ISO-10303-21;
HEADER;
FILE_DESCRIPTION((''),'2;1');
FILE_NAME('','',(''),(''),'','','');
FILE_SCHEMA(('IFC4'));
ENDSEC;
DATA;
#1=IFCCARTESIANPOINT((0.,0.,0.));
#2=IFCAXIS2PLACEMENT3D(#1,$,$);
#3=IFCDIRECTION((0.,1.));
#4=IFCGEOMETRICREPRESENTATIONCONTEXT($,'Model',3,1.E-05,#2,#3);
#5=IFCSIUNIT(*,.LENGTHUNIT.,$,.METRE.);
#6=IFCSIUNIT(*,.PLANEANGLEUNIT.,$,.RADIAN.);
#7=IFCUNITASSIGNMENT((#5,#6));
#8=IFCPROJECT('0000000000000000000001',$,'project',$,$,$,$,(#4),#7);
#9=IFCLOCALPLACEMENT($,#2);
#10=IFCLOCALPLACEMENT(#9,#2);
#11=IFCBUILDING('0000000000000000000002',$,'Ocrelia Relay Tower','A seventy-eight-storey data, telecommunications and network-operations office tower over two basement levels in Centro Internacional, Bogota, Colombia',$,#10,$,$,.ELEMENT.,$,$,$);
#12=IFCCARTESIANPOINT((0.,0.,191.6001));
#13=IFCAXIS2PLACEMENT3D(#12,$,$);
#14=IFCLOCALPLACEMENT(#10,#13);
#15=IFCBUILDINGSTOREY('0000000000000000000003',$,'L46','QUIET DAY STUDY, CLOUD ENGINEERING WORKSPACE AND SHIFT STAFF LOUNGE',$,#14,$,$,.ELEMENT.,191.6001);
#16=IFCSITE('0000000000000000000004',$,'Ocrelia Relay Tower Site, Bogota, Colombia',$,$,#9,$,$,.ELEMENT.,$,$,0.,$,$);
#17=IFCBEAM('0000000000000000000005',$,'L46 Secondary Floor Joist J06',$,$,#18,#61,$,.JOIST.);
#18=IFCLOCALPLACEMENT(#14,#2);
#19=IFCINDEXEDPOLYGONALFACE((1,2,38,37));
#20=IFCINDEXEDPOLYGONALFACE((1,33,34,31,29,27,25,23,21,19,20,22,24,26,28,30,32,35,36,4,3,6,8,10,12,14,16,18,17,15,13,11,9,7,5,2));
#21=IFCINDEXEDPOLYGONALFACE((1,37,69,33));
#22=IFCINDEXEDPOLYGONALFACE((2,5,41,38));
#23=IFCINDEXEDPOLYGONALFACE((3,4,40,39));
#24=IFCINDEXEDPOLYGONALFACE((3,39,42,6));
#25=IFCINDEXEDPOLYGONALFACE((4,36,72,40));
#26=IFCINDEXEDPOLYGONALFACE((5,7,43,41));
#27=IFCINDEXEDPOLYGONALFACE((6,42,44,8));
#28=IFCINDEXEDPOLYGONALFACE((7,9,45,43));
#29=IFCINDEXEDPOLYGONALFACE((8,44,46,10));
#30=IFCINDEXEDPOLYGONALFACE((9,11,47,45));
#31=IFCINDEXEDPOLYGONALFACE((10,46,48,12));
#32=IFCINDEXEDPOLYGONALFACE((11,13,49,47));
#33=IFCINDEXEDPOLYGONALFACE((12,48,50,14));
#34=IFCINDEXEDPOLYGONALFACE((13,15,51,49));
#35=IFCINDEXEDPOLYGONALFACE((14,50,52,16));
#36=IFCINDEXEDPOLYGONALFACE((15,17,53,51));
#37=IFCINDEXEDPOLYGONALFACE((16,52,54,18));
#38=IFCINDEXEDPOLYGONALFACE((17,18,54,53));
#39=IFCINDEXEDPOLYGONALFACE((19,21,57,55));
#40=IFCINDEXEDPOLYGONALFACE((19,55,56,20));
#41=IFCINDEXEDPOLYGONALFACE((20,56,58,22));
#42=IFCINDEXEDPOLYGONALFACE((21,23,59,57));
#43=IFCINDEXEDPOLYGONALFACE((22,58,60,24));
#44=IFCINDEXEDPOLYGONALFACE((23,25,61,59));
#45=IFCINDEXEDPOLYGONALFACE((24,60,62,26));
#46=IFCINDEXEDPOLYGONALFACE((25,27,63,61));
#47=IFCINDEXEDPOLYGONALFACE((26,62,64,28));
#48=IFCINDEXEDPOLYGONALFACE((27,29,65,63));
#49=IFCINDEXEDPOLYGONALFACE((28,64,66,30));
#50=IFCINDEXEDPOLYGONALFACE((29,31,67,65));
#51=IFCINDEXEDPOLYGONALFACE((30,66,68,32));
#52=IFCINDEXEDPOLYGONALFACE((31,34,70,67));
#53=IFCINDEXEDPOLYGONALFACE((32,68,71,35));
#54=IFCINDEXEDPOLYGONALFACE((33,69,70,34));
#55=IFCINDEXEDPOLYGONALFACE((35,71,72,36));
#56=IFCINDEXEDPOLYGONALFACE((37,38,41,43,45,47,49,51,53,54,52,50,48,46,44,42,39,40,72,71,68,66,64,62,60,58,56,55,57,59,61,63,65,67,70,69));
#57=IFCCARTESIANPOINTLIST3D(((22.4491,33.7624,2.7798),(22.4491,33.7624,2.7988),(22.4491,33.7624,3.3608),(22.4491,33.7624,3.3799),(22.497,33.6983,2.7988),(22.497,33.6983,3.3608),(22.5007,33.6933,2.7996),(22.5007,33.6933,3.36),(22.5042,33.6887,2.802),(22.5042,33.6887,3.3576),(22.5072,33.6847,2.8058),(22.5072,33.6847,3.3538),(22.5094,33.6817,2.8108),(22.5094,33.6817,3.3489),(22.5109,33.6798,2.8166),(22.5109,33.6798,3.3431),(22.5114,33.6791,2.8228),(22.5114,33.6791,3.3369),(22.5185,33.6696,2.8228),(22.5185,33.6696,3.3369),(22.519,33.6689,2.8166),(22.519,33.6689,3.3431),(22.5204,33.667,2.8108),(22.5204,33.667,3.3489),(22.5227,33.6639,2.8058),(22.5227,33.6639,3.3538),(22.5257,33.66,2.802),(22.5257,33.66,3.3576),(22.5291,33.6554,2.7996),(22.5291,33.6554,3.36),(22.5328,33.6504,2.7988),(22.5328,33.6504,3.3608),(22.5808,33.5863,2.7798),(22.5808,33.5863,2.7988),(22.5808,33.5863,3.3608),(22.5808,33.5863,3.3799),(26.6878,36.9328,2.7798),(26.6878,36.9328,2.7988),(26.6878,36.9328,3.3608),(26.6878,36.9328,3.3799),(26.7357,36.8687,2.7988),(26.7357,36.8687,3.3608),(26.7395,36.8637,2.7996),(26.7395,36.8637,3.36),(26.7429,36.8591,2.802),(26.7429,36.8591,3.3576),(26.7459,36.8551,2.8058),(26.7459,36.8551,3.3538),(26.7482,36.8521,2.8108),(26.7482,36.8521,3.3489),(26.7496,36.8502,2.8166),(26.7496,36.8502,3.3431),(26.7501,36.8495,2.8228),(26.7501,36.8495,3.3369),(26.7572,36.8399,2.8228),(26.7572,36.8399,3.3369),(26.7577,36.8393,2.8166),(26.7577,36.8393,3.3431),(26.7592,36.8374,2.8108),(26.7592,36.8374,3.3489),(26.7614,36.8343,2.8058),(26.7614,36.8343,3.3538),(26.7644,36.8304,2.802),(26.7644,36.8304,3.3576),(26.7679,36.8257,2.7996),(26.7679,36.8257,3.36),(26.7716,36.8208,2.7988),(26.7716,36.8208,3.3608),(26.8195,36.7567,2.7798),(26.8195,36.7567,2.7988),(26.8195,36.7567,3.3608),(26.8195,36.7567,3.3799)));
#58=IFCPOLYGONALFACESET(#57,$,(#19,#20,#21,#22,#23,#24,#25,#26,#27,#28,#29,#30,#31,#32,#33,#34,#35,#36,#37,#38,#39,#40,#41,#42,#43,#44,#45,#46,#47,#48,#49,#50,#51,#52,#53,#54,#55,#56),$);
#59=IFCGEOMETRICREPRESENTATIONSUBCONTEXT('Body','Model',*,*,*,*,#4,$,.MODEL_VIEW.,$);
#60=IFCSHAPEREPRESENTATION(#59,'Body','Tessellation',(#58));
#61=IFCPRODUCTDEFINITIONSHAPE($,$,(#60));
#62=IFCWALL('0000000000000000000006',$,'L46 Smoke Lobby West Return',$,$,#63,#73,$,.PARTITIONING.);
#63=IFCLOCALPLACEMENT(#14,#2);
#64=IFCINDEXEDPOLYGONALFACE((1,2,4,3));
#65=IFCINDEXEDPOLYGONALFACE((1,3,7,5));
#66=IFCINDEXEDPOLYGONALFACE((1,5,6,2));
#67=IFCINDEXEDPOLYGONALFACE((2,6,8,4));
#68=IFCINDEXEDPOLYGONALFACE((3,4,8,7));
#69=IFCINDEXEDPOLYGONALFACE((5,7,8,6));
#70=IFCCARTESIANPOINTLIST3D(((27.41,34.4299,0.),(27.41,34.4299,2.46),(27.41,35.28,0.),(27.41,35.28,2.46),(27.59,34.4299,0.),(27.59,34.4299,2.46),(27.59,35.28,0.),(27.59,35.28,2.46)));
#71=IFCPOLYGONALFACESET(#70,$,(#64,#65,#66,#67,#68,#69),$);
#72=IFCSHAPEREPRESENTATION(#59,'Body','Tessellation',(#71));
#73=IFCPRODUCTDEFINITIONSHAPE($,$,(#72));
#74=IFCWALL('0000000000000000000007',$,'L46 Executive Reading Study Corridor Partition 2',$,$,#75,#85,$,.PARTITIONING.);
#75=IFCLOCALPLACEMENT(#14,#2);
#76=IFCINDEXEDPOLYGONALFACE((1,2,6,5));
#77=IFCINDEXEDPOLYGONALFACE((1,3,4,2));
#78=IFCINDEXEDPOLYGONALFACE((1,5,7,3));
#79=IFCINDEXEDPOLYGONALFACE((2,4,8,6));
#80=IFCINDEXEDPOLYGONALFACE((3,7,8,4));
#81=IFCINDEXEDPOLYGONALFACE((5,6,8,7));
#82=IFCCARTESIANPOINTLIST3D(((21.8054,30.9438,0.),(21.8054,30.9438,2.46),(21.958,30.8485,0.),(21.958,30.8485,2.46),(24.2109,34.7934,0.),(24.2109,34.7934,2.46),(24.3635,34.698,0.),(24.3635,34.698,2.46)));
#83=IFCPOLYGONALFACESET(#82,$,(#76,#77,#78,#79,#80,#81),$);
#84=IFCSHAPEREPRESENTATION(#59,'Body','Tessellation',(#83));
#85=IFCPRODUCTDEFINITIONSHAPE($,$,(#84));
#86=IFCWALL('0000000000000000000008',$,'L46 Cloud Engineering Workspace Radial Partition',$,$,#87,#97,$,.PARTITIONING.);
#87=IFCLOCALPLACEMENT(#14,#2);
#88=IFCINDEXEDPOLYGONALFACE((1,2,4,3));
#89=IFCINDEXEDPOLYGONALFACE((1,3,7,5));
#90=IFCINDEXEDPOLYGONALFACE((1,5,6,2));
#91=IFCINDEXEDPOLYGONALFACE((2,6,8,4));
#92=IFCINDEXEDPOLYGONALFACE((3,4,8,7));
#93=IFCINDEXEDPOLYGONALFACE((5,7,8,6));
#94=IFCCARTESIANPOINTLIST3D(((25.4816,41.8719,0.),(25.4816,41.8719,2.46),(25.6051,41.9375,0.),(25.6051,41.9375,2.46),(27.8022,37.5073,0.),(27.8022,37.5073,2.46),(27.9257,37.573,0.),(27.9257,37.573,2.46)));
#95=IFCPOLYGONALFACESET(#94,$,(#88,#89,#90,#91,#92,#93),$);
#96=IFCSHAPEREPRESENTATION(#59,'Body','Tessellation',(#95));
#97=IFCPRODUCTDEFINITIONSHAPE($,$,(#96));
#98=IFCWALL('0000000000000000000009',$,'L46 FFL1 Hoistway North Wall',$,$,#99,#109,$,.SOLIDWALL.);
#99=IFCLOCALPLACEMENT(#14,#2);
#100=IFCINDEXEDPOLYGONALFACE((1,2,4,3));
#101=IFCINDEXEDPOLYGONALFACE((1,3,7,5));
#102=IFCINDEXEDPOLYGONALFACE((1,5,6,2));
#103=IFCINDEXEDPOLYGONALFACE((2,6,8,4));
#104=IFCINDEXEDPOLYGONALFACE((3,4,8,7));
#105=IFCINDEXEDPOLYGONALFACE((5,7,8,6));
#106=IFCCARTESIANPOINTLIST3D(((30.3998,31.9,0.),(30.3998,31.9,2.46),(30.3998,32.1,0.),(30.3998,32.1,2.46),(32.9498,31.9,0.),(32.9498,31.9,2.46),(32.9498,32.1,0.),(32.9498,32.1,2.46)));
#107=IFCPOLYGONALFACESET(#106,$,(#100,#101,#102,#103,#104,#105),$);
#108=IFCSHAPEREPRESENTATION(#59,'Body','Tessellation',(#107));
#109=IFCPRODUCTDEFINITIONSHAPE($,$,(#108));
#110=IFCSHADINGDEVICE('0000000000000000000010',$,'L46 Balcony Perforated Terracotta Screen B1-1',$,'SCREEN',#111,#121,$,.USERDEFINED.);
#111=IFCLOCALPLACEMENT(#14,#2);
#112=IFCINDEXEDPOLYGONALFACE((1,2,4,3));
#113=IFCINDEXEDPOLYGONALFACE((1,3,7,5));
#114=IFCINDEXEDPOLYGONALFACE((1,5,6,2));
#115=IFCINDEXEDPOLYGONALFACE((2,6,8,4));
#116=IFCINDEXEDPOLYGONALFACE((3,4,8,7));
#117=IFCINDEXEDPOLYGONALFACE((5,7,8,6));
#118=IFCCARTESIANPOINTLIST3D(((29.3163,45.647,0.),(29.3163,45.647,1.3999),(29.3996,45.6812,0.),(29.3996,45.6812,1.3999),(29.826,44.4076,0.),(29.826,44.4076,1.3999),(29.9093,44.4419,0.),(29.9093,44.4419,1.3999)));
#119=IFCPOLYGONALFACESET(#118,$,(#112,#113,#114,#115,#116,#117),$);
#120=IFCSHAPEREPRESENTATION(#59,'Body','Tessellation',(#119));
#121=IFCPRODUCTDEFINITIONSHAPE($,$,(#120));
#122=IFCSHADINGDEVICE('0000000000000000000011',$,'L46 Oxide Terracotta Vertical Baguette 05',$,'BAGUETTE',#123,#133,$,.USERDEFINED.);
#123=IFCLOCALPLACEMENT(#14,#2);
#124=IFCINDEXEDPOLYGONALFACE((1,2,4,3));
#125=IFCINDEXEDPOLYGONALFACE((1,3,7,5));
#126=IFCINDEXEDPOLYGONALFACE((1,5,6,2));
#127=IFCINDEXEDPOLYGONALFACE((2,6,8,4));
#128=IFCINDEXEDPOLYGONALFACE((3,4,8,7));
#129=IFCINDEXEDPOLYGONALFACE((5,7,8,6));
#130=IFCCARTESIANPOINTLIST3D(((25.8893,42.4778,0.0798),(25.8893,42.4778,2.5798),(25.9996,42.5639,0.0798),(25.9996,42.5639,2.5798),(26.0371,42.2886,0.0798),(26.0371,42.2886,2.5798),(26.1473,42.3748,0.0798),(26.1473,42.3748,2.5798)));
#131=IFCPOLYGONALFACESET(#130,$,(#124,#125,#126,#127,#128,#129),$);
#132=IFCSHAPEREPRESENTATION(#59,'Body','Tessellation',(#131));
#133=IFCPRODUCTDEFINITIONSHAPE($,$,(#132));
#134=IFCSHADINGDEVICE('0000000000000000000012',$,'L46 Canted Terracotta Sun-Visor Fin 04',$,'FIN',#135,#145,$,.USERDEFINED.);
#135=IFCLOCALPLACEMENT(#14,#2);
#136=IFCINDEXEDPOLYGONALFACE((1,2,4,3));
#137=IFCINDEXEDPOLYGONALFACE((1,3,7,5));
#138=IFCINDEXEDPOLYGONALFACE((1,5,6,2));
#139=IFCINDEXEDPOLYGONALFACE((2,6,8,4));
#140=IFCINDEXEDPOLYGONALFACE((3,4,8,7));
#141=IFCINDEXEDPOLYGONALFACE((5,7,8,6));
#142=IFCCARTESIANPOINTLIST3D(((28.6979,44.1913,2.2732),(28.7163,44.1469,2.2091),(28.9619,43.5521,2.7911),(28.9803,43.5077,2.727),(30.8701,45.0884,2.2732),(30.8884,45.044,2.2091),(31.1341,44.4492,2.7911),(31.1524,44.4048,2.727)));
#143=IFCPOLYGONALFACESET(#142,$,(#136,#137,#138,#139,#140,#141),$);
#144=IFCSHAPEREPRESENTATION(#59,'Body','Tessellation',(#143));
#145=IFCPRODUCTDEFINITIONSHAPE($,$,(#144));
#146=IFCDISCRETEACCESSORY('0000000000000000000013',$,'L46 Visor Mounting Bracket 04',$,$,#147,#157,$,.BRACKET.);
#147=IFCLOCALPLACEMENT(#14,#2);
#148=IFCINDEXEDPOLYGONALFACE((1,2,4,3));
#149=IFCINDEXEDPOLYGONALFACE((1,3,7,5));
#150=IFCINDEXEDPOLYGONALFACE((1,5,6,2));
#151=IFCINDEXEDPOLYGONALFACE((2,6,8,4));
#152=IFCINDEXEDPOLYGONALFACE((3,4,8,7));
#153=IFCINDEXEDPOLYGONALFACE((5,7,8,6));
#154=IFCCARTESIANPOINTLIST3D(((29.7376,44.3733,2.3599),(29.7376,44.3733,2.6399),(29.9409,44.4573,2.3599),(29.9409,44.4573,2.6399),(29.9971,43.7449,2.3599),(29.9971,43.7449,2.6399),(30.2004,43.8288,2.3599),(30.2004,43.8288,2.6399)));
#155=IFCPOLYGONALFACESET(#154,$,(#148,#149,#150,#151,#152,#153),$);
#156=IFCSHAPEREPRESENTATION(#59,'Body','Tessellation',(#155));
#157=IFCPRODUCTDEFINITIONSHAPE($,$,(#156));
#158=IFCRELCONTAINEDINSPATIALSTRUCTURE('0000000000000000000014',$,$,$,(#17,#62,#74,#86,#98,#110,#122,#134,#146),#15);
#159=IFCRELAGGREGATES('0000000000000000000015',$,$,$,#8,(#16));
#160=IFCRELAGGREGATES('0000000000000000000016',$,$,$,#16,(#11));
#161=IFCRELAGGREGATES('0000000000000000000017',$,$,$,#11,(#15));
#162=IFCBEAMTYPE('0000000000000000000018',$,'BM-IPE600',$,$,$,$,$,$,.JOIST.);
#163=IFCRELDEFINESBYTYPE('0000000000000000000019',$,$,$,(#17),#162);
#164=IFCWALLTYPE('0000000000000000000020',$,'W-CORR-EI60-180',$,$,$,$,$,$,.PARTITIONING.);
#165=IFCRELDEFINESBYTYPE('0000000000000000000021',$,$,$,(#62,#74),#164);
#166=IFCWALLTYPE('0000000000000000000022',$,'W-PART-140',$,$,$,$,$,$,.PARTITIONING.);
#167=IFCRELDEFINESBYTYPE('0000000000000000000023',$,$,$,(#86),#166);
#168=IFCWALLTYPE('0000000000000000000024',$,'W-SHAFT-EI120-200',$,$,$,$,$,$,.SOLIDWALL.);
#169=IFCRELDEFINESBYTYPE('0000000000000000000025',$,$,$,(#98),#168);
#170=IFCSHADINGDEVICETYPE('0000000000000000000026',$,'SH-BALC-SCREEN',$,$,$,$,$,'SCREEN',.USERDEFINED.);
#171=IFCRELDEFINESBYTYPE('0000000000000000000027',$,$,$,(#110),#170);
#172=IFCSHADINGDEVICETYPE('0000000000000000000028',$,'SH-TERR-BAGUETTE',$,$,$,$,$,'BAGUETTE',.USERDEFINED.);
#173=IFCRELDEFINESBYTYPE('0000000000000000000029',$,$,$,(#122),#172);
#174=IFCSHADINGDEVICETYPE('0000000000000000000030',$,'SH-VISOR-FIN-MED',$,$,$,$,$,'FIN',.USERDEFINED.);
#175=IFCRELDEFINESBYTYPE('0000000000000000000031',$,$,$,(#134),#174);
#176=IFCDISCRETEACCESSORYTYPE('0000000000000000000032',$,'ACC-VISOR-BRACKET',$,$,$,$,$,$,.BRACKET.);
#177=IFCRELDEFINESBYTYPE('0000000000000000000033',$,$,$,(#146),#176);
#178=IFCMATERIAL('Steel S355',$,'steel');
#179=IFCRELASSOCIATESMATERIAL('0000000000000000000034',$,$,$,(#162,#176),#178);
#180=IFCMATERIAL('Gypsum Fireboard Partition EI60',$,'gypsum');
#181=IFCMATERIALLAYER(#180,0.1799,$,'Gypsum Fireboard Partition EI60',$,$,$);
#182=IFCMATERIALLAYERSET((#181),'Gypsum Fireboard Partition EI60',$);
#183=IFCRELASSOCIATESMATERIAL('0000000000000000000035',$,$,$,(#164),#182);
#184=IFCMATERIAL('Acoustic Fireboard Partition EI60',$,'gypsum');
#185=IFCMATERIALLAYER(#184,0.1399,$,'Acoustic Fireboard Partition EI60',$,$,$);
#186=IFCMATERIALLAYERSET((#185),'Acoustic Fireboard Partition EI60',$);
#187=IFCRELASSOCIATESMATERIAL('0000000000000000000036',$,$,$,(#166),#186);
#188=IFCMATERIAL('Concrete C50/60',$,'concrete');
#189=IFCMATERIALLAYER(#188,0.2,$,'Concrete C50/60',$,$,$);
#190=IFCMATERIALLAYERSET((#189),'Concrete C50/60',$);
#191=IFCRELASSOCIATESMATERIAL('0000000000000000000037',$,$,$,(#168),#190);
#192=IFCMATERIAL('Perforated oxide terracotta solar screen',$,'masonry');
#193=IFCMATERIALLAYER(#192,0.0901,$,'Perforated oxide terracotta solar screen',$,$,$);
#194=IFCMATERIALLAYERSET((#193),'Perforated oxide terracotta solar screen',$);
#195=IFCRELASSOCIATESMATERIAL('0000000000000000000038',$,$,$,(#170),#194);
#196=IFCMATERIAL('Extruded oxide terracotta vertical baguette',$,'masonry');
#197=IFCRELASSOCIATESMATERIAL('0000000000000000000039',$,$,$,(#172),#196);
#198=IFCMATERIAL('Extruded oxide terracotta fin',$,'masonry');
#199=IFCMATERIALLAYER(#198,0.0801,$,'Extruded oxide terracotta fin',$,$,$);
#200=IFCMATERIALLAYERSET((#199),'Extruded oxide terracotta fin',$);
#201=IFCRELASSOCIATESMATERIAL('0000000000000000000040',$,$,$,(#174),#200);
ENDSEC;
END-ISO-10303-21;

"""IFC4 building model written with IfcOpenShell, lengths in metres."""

from ifc_helpers import new_model, si_unit, direction, frame, frame_2d, origin, origin_2d, place, context, subcontext, project, spatial, rectangle, i_section, extrude, material, layer, layer_set, material_profile, profile_set, type_object, element, save


model = new_model("IFC4")

# Units and contexts
model_context = context("Model", 3, precision=1e-05, world=origin(), true_north=direction((0.0, 1.0)))
body_context = subcontext(model_context, "Body", "Model", "MODEL_VIEW")
ifc_project = project(units=[si_unit("LENGTHUNIT", "METRE"), si_unit("PLANEANGLEUNIT", "RADIAN")], contexts=[model_context])

# Site, building, storey
site_placement = place(None, origin())
site = spatial("IfcSite", under=ifc_project, at=site_placement, Name="Ocrelia Relay Tower Site, Bogota, Colombia", CompositionType="ELEMENT", RefElevation=0.0)
building_placement = place(site_placement, origin())
building = spatial("IfcBuilding", under=site, at=building_placement, Name="Ocrelia Relay Tower", Description="A seventy-eight-storey data, telecommunications and network-operations office tower over two basement levels in Centro Internacional, Bogota, Colombia", CompositionType="ELEMENT")
storey_placement = place(building_placement, frame((0.0, 0.0, 191.6001)))
storey = spatial("IfcBuildingStorey", under=building, at=storey_placement, Name="L46", Description="QUIET DAY STUDY, CLOUD ENGINEERING WORKSPACE AND SHIFT STAFF LOUNGE", CompositionType="ELEMENT", Elevation=191.6001)

# Beam
ifc_material_1 = material(Name="Steel S355", Category="steel")
ifc_material_profile_1 = material_profile(ifc_material_1, i_section(OverallWidth=0.22, OverallDepth=0.6001, WebThickness=0.012, FlangeThickness=0.019, FilletRadius=0.0239, at=origin_2d()), Name="IPE 600")
ifc_profile_set_1 = profile_set([ifc_material_profile_1], Name="Steel S355")
beam_type_1 = type_object("IfcBeamType", Name="BM-IPE600", PredefinedType="JOIST", material=ifc_profile_set_1)
beam_1_placement = place(storey_placement, frame((26.7537, 36.8447, 3.0798), z_axis=(-0.800785, -0.598952, 0.0), x_axis=(0.598952, -0.800785, 0.0)))
element("IfcBeam", 1, at=beam_1_placement, inside=storey, type_object=beam_type_1, Name="L46 Secondary Floor Joist J06", PredefinedType="JOIST", context=body_context, shape_type="SweptSolid", body=[
    extrude(i_section(OverallWidth=0.22, OverallDepth=0.6001, WebThickness=0.012, FlangeThickness=0.019, FilletRadius=0.0239, at=origin_2d()), origin(), (0.0, 0.0, 1.0), 5.2932),
])

# Wall
ifc_material_2 = material(Name="Gypsum Fireboard Partition EI60", Category="gypsum")
ifc_layer_1 = layer(ifc_material_2, 0.1799, Name="Gypsum Fireboard Partition EI60")
ifc_layer_set_1 = layer_set([ifc_layer_1], Name="Gypsum Fireboard Partition EI60")
wall_type_1 = type_object("IfcWallType", Name="W-CORR-EI60-180", PredefinedType="PARTITIONING", material=ifc_layer_set_1)
wall_1_placement = place(storey_placement, frame((27.5, 34.4299, 0.0), z_axis=(0.0, 0.0, 1.0), x_axis=(0.0, 1.0, 0.0)))
element("IfcWall", 2, at=wall_1_placement, inside=storey, type_object=wall_type_1, Name="L46 Smoke Lobby West Return", PredefinedType="PARTITIONING", context=body_context, shape_type="SweptSolid", body=[
    extrude(rectangle(XDim=0.8501, YDim=0.1799, at=frame_2d((0.425, 0.0))), origin(), (0.0, 0.0, 1.0), 2.46),
])

# Wall
wall_2_placement = place(storey_placement, frame((24.2871, 34.7456, 0.0), z_axis=(0.0, 0.0, 1.0), x_axis=(-0.529922, -0.848047, 0.0)))
element("IfcWall", 3, at=wall_2_placement, inside=storey, type_object=wall_type_1, Name="L46 Executive Reading Study Corridor Partition 2", PredefinedType="PARTITIONING", context=body_context, shape_type="SweptSolid", body=[
    extrude(rectangle(XDim=4.5393, YDim=0.1799, at=frame_2d((2.2695, 0.0))), origin(), (0.0, 0.0, 1.0), 2.46),
])

# Shared definitions
ifc_material_3 = material(Name="Concrete C50/60", Category="concrete")

# Wall
ifc_material_4 = material(Name="Acoustic Fireboard Partition EI60", Category="gypsum")
ifc_layer_2 = layer(ifc_material_4, 0.1399, Name="Acoustic Fireboard Partition EI60")
ifc_layer_set_2 = layer_set([ifc_layer_2], Name="Acoustic Fireboard Partition EI60")
wall_type_2 = type_object("IfcWallType", Name="W-PART-140", PredefinedType="PARTITIONING", material=ifc_layer_set_2)
wall_3_placement = place(storey_placement, frame((27.864, 37.54, 0.0), z_axis=(0.0, 0.0, 1.0), x_axis=(-0.469457, 0.882955, 0.0)))
element("IfcWall", 4, at=wall_3_placement, inside=storey, type_object=wall_type_2, Name="L46 Cloud Engineering Workspace Radial Partition", PredefinedType="PARTITIONING", context=body_context, shape_type="SweptSolid", body=[
    extrude(rectangle(XDim=4.9431, YDim=0.1399, at=frame_2d((2.4717, 0.0))), origin(), (0.0, 0.0, 1.0), 2.46),
])

# Wall
ifc_layer_3 = layer(ifc_material_3, 0.2, Name="Concrete C50/60")
ifc_layer_set_3 = layer_set([ifc_layer_3], Name="Concrete C50/60")
wall_type_3 = type_object("IfcWallType", Name="W-SHAFT-EI120-200", PredefinedType="SOLIDWALL", material=ifc_layer_set_3)
wall_4_placement = place(storey_placement, frame((30.3999, 32.0, 0.0), z_axis=(0.0, 0.0, 1.0), x_axis=(1.0, 0.0, 0.0)))
element("IfcWall", 5, at=wall_4_placement, inside=storey, type_object=wall_type_3, Name="L46 FFL1 Hoistway North Wall", PredefinedType="SOLIDWALL", context=body_context, shape_type="SweptSolid", body=[
    extrude(rectangle(XDim=2.55, YDim=0.2, at=frame_2d((1.2749, 0.0))), origin(), (0.0, 0.0, 1.0), 2.46),
])

# Shading devices
ifc_material_5 = material(Name="Perforated oxide terracotta solar screen", Category="masonry")
ifc_layer_4 = layer(ifc_material_5, 0.0901, Name="Perforated oxide terracotta solar screen")
ifc_layer_set_4 = layer_set([ifc_layer_4], Name="Perforated oxide terracotta solar screen")
shading_device_type_1 = type_object("IfcShadingDeviceType", Name="SH-BALC-SCREEN", ElementType="SCREEN", PredefinedType="USERDEFINED", material=ifc_layer_set_4)
shading_device_1_placement = place(storey_placement, frame((29.6128, 45.0444, 0.0), z_axis=(0.0, 0.0, 1.0), x_axis=(-0.380356, 0.92484, 0.0)))
element("IfcShadingDevice", 6, at=shading_device_1_placement, inside=storey, type_object=shading_device_type_1, Name="L46 Balcony Perforated Terracotta Screen B1-1", ObjectType="SCREEN", PredefinedType="USERDEFINED", context=body_context, shape_type="SweptSolid", body=[
    extrude(rectangle(XDim=1.3401, YDim=0.0901, at=origin_2d()), origin(), (0.0, 0.0, 1.0), 1.3999),
])
ifc_material_6 = material(Name="Extruded oxide terracotta vertical baguette", Category="masonry")
shading_device_type_2 = type_object("IfcShadingDeviceType", Name="SH-TERR-BAGUETTE", ElementType="BAGUETTE", PredefinedType="USERDEFINED", material=ifc_material_6)
shading_device_2_placement = place(storey_placement, frame((26.0183, 42.4263, 0.0798), z_axis=(0.0, 0.0, 1.0), x_axis=(-0.788008, -0.615665, 0.0)))
element("IfcShadingDevice", 7, at=shading_device_2_placement, inside=storey, type_object=shading_device_type_2, Name="L46 Oxide Terracotta Vertical Baguette 05", ObjectType="BAGUETTE", PredefinedType="USERDEFINED", context=body_context, shape_type="SweptSolid", body=[
    extrude(rectangle(XDim=0.1399, YDim=0.24, at=origin_2d()), origin(), (0.0, 0.0, 1.0), 2.5),
])
ifc_material_7 = material(Name="Extruded oxide terracotta fin", Category="masonry")
ifc_layer_5 = layer(ifc_material_7, 0.0801, Name="Extruded oxide terracotta fin")
ifc_layer_set_5 = layer_set([ifc_layer_5], Name="Extruded oxide terracotta fin")
shading_device_type_3 = type_object("IfcShadingDeviceType", Name="SH-VISOR-FIN-MED", ElementType="FIN", PredefinedType="USERDEFINED", material=ifc_layer_set_5)
shading_device_3_placement = place(storey_placement, frame((29.9343, 44.2759, 2.468), z_axis=(-0.228834, 0.554046, 0.800418), x_axis=(-0.924268, -0.381744, 0.0)))
element("IfcShadingDevice", 8, at=shading_device_3_placement, inside=storey, type_object=shading_device_type_3, Name="L46 Canted Terracotta Sun-Visor Fin 04", ObjectType="FIN", PredefinedType="USERDEFINED", context=body_context, shape_type="SweptSolid", body=[
    extrude(rectangle(XDim=2.3501, YDim=0.864, at=origin_2d()), origin(), (0.0, 0.0, 1.0), 0.0801),
])

# Discrete accessory
discrete_accessory_type = type_object("IfcDiscreteAccessoryType", Name="ACC-VISOR-BRACKET", PredefinedType="BRACKET", material=ifc_material_1)
discrete_accessory_placement = place(storey_placement, frame((29.969, 44.1011, 2.3599), z_axis=(0.0, 0.0, 1.0), x_axis=(-0.924268, -0.381744, 0.0)))
element("IfcDiscreteAccessory", 9, at=discrete_accessory_placement, inside=storey, type_object=discrete_accessory_type, Name="L46 Visor Mounting Bracket 04", PredefinedType="BRACKET", context=body_context, shape_type="SweptSolid", body=[
    extrude(rectangle(XDim=0.22, YDim=0.6799, at=origin_2d()), origin(), (0.0, 0.0, 1.0), 0.28),
])

save(model, "model.ifc")
